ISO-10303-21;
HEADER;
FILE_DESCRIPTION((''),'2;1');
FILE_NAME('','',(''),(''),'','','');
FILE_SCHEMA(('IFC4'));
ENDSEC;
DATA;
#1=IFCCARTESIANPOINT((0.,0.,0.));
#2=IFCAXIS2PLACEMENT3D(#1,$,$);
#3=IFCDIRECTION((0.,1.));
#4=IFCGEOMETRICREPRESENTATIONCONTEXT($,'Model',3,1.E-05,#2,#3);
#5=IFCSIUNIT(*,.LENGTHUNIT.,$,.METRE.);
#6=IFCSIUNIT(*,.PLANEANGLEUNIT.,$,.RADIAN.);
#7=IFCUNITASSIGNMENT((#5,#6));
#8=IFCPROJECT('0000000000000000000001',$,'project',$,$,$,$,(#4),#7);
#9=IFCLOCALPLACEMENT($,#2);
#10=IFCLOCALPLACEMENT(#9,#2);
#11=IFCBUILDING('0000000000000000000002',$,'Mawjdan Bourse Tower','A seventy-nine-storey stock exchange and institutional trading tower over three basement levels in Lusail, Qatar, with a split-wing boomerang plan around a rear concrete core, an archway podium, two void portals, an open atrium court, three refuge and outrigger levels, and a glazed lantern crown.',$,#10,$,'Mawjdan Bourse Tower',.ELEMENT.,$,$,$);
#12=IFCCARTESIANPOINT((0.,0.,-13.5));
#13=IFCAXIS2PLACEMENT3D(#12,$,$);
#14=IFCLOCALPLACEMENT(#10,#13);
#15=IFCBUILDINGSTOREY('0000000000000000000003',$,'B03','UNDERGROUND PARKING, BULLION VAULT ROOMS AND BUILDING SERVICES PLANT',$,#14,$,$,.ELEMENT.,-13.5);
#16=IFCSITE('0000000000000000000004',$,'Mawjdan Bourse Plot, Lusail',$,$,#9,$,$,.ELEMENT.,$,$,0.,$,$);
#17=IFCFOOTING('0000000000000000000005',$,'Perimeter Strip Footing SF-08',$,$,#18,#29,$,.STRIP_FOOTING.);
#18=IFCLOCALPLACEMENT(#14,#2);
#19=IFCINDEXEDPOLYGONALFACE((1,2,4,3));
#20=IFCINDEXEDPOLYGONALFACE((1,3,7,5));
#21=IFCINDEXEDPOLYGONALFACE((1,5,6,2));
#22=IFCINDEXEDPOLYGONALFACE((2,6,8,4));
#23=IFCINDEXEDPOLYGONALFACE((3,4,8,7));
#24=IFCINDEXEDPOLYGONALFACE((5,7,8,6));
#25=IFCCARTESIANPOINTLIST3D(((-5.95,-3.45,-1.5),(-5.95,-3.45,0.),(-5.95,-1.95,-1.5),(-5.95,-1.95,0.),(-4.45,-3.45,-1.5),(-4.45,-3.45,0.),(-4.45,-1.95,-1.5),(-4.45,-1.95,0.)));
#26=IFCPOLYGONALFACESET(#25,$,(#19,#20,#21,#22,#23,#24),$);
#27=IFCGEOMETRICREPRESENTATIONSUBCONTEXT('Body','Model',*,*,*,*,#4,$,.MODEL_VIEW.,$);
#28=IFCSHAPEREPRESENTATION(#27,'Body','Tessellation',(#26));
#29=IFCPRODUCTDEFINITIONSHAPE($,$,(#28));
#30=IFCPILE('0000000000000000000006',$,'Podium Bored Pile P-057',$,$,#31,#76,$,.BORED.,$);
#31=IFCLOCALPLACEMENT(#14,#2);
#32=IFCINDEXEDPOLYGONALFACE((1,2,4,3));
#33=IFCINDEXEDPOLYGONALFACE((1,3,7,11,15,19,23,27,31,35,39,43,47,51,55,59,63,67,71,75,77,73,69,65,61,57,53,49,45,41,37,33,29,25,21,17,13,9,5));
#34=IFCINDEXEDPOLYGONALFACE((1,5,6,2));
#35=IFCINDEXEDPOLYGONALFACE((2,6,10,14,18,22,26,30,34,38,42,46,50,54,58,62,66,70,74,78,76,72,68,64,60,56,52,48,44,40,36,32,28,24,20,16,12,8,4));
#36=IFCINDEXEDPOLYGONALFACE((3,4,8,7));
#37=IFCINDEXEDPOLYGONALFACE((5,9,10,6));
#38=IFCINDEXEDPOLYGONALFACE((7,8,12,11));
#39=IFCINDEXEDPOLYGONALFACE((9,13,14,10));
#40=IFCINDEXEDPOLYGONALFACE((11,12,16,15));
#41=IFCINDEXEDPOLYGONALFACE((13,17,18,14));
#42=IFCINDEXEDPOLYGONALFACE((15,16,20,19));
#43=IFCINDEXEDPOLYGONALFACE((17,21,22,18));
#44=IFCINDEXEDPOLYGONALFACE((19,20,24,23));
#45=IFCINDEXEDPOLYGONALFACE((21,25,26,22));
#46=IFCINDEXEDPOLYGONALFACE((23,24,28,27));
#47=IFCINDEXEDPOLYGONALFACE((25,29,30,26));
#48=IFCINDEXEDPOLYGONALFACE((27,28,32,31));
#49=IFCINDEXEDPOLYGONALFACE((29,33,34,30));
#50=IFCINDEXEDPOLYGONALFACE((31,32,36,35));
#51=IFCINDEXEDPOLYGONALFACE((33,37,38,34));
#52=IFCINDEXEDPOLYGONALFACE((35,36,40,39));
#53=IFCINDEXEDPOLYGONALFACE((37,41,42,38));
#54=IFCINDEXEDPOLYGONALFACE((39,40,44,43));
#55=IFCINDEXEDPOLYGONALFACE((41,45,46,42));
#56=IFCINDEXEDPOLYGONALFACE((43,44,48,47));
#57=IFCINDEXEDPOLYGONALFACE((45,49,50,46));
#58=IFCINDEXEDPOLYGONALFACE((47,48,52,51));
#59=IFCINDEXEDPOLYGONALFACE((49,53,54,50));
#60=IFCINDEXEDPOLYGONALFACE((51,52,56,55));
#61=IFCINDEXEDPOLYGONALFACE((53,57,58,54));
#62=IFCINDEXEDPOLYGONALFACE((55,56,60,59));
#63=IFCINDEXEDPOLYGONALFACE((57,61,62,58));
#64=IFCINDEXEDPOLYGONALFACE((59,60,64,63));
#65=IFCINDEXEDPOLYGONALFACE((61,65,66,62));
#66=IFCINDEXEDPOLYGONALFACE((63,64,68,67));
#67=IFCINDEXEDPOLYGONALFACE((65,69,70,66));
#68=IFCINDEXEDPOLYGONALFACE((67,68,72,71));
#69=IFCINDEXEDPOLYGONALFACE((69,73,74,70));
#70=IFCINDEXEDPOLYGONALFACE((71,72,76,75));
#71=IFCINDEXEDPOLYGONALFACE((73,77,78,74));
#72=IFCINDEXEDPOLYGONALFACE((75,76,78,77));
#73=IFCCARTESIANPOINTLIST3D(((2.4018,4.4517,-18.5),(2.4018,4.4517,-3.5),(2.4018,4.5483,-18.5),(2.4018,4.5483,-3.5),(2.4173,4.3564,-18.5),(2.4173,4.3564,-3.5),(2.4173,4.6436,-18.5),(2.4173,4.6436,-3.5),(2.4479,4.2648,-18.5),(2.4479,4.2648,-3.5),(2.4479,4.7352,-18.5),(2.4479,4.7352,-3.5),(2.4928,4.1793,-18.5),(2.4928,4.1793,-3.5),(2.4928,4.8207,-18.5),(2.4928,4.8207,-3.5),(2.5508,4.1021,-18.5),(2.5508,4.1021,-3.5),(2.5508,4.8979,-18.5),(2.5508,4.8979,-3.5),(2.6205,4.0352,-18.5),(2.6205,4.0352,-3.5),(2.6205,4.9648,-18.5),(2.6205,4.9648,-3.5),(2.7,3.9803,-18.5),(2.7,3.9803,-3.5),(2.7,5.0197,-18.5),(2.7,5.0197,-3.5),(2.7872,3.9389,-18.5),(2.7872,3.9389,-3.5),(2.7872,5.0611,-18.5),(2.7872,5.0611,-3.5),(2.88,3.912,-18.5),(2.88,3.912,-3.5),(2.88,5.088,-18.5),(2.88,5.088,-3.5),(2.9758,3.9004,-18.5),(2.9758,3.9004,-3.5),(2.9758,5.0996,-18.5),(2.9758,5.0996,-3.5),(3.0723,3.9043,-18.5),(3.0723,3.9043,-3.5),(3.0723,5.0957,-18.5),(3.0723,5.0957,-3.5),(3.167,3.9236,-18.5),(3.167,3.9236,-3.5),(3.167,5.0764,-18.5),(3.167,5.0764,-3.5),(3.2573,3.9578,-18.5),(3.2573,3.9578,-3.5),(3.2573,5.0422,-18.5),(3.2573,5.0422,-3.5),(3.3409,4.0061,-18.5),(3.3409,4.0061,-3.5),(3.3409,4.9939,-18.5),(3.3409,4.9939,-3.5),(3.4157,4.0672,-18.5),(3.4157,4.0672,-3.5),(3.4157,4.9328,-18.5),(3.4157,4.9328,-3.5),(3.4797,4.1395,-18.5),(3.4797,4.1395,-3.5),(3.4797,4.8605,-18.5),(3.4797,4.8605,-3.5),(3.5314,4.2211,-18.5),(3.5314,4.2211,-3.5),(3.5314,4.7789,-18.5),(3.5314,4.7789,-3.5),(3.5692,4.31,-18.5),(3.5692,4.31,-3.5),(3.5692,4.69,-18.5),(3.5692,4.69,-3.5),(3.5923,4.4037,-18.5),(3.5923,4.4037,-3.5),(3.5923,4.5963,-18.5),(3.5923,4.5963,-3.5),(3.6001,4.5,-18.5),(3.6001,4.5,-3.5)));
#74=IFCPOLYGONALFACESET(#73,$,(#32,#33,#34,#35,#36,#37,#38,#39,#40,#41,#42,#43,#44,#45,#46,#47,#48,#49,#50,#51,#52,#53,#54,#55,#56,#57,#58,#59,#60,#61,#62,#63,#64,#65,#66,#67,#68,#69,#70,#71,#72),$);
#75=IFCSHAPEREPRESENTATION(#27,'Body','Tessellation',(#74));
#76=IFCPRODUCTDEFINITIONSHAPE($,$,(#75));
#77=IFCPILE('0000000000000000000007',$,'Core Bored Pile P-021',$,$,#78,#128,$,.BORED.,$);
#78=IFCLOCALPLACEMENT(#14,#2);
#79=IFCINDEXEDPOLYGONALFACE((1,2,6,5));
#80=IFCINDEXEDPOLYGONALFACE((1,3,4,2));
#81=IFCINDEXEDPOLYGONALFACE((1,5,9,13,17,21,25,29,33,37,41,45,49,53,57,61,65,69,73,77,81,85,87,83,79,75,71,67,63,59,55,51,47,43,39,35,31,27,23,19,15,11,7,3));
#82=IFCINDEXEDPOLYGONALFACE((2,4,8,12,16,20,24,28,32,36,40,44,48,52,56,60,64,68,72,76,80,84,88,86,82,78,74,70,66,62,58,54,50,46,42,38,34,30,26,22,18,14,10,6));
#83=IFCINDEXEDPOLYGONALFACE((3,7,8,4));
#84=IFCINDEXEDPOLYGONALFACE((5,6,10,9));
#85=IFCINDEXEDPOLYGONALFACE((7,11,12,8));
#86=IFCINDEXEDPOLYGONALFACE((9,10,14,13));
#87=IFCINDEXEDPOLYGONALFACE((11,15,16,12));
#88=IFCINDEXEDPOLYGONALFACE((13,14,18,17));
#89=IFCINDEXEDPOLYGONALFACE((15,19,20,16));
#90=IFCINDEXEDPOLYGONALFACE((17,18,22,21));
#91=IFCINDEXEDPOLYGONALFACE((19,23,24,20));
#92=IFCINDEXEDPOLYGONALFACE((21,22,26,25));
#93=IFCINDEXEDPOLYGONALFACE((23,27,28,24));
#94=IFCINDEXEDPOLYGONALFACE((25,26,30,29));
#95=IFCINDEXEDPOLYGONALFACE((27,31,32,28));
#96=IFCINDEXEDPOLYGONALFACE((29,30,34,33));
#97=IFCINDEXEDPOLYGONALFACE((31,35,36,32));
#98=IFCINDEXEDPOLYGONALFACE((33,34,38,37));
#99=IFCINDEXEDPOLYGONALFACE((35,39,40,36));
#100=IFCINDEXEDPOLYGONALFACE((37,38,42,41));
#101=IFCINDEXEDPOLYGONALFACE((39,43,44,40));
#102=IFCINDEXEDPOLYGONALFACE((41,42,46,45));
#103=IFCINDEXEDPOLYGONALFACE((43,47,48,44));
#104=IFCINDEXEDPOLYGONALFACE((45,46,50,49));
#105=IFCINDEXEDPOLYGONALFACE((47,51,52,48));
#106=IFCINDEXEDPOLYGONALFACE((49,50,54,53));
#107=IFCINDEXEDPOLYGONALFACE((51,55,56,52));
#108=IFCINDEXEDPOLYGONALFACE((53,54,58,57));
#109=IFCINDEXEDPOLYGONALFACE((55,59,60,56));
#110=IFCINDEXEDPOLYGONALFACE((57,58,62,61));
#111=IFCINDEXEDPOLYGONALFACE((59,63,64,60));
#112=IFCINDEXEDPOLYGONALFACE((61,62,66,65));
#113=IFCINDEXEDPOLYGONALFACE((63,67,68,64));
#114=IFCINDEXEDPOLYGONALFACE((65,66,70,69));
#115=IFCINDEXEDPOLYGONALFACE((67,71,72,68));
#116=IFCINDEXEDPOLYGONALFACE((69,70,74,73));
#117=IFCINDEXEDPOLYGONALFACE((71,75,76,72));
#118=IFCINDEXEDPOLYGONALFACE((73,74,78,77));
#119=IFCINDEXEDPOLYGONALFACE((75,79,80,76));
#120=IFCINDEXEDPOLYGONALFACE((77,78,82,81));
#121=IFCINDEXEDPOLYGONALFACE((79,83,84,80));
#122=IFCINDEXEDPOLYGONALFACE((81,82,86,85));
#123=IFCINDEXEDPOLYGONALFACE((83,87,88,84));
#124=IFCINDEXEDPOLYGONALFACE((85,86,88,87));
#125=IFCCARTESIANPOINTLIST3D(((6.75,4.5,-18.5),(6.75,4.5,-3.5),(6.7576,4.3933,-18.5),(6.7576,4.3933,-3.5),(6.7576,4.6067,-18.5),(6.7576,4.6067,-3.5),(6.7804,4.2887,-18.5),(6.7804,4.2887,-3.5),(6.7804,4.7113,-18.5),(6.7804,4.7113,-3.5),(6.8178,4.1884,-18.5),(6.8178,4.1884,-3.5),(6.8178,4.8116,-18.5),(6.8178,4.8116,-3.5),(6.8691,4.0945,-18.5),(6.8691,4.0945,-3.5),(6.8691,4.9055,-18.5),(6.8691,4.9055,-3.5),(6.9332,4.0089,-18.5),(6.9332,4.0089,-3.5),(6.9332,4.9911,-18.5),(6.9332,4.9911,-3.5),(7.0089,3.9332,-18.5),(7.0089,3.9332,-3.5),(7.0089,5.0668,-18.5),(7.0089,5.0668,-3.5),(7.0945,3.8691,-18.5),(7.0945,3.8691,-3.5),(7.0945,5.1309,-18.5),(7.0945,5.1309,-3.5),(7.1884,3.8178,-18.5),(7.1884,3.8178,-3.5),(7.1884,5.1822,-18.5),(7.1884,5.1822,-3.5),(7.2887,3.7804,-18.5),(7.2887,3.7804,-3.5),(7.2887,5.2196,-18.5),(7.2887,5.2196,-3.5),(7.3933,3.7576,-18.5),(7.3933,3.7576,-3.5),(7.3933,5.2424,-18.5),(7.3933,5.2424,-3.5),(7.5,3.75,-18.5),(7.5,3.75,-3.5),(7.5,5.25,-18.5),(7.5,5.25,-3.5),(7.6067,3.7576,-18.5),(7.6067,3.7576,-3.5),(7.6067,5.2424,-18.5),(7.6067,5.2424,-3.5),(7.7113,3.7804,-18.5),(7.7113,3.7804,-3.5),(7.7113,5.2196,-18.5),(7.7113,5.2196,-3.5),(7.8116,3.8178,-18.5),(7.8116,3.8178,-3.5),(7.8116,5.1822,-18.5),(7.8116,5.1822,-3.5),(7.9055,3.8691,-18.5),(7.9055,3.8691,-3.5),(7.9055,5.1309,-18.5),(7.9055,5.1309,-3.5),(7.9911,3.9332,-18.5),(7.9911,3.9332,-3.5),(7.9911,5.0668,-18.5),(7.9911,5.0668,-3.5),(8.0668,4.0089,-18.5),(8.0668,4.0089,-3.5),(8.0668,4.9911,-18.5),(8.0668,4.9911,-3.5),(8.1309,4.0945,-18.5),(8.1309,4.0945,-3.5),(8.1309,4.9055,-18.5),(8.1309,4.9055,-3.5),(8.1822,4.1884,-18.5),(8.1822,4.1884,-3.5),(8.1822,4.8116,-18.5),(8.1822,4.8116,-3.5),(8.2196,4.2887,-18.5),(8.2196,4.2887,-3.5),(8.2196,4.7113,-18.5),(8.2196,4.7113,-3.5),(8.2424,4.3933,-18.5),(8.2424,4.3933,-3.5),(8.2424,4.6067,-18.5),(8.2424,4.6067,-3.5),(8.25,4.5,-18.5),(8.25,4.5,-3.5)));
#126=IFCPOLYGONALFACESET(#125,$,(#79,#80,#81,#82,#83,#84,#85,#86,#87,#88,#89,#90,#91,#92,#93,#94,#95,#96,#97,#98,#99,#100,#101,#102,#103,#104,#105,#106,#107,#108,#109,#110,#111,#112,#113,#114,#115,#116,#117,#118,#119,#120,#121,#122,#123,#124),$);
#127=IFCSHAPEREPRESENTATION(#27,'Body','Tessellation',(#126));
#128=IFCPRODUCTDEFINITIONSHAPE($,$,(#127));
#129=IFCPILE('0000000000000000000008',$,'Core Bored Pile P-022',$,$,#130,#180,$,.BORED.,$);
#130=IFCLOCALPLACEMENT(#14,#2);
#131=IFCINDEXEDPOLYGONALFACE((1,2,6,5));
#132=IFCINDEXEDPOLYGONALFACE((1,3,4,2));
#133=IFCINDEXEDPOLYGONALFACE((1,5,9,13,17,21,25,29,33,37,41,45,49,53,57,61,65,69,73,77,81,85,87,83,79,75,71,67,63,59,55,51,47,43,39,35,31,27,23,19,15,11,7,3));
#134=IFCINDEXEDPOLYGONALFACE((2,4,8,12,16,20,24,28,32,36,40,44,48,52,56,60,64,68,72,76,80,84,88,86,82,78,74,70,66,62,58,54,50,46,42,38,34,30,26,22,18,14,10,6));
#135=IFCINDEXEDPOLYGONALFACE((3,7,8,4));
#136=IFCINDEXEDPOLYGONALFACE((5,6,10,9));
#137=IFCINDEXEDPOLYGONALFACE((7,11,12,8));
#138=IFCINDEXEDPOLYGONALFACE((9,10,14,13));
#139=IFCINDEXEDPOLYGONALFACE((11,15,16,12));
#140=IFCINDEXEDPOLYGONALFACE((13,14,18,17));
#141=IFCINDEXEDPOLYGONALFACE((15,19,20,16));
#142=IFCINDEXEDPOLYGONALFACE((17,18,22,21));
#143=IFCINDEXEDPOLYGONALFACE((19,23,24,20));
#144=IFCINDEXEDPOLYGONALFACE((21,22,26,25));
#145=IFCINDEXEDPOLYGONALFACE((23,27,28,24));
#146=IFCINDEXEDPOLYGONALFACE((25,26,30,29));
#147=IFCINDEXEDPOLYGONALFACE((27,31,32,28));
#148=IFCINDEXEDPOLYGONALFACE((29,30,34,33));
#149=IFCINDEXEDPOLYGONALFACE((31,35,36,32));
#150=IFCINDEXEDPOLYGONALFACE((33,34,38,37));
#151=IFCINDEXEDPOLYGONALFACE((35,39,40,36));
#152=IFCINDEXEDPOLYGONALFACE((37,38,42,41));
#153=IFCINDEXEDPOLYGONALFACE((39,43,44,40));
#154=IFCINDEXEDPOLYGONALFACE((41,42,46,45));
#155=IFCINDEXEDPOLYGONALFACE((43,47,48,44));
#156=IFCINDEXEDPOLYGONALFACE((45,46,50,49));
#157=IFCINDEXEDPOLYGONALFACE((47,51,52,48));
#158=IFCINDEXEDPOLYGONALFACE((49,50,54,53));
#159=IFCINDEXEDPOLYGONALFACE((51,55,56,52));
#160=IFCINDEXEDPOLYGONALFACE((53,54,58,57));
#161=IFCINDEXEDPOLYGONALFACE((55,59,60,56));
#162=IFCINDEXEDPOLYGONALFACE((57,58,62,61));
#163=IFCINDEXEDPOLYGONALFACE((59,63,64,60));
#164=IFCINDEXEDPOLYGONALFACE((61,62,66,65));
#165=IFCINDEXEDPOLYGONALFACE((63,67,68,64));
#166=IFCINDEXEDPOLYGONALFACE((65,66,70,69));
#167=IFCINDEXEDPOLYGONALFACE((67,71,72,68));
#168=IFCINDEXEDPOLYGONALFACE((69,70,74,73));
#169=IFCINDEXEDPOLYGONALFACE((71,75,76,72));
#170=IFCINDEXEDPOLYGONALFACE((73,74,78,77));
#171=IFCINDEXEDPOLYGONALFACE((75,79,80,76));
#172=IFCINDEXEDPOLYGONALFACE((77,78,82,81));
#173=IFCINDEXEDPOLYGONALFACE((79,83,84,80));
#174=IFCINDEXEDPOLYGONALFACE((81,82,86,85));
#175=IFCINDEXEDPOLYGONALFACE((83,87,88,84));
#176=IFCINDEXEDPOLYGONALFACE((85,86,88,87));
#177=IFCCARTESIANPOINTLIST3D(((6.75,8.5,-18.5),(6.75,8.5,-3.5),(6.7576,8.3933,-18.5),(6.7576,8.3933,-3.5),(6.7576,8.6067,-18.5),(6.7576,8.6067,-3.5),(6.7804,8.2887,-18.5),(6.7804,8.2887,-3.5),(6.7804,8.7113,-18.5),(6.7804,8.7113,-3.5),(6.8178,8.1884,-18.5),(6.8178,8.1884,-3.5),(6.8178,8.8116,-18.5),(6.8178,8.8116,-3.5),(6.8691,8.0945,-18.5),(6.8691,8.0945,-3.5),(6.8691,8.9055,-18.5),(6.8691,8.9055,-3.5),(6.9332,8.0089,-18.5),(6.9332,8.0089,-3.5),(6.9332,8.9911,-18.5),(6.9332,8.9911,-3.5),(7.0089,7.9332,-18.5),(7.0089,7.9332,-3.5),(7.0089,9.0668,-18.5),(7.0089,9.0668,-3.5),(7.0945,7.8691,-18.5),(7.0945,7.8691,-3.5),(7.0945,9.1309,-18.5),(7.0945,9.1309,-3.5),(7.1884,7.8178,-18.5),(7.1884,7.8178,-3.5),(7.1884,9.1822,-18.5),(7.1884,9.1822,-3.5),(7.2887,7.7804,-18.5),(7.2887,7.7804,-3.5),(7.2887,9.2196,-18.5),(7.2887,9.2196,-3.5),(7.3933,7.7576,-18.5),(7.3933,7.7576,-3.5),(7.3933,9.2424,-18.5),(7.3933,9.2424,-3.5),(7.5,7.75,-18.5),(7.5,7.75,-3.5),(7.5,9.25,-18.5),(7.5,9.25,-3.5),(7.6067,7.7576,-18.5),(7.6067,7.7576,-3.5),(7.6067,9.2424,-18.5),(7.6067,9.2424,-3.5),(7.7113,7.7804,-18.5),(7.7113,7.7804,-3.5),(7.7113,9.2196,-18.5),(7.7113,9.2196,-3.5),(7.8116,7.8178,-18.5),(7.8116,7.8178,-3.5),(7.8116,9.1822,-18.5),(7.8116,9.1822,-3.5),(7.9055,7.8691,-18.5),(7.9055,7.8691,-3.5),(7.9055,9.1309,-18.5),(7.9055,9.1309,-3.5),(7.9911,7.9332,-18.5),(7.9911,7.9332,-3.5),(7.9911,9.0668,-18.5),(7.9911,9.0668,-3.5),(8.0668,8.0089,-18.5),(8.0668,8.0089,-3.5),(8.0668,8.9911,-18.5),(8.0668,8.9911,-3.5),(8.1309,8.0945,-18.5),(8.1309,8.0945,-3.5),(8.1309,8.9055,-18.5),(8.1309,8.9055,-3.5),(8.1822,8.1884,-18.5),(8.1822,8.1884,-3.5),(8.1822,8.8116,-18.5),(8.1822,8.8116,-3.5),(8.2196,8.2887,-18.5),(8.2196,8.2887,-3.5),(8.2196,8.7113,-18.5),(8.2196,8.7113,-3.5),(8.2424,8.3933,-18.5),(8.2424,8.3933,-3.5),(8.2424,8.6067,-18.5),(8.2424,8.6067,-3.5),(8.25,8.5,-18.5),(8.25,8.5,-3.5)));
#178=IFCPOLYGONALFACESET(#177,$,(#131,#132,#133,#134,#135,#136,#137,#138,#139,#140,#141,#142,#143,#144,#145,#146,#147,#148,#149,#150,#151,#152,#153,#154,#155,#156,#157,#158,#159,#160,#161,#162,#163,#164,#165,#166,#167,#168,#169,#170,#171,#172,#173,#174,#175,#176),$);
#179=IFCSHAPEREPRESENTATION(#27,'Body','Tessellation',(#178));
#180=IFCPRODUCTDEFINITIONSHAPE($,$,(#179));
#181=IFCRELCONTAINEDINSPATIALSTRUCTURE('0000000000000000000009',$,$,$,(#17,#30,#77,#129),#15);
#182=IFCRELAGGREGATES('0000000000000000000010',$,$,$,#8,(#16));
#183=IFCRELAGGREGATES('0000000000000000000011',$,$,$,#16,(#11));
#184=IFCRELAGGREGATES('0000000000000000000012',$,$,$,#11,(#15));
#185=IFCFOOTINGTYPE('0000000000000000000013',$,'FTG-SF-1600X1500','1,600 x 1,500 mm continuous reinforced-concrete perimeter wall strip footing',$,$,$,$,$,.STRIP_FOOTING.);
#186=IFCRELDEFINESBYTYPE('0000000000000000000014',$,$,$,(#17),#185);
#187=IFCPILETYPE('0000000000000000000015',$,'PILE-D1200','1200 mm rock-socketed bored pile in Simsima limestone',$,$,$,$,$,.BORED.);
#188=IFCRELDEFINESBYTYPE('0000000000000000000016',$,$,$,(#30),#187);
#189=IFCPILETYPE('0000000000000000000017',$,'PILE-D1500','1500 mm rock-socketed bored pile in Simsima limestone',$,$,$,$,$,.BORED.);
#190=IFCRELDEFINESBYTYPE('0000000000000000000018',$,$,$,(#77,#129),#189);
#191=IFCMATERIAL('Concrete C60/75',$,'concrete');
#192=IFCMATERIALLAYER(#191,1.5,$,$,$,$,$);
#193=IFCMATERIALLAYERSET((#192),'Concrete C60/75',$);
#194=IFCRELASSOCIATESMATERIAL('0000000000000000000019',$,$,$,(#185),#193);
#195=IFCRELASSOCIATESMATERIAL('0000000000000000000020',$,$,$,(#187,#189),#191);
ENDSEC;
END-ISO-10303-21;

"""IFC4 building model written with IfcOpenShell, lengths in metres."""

from ifc_helpers import new_model, si_unit, direction, frame, origin, origin_2d, place, context, subcontext, project, spatial, rectangle, circle, extrude, material, layer, layer_set, material_profile, profile_set, type_object, element, save


model = new_model("IFC4")

# Units and contexts
model_context = context("Model", 3, precision=1e-05, world=origin(), true_north=direction((0.0, 1.0)))
body_context = subcontext(model_context, "Body", "Model", "MODEL_VIEW")
ifc_project = project(units=[si_unit("LENGTHUNIT", "METRE"), si_unit("PLANEANGLEUNIT", "RADIAN")], contexts=[model_context])

# Site, building, storey
site_placement = place(None, origin())
site = spatial("IfcSite", under=ifc_project, at=site_placement, Name="Mawjdan Bourse Plot, Lusail", CompositionType="ELEMENT", RefElevation=0.0)
building_placement = place(site_placement, origin())
building = spatial("IfcBuilding", under=site, at=building_placement, Name="Mawjdan Bourse Tower", Description="A seventy-nine-storey stock exchange and institutional trading tower over three basement levels in Lusail, Qatar, with a split-wing boomerang plan around a rear concrete core, an archway podium, two void portals, an open atrium court, three refuge and outrigger levels, and a glazed lantern crown.", LongName="Mawjdan Bourse Tower", CompositionType="ELEMENT")
storey_placement = place(building_placement, frame((0.0, 0.0, -13.5)))
storey = spatial("IfcBuildingStorey", under=building, at=storey_placement, Name="B03", Description="UNDERGROUND PARKING, BULLION VAULT ROOMS AND BUILDING SERVICES PLANT", CompositionType="ELEMENT", Elevation=-13.5)

# Footing
ifc_material_1 = material(Name="Concrete C60/75", Category="concrete")
ifc_layer_1 = layer(ifc_material_1, 1.5)
ifc_layer_set_1 = layer_set([ifc_layer_1], Name="Concrete C60/75")
footing_type = type_object("IfcFootingType", Name="FTG-SF-1600X1500", Description="1,600 x 1,500 mm continuous reinforced-concrete perimeter wall strip footing", PredefinedType="STRIP_FOOTING", material=ifc_layer_set_1)
footing_placement = place(storey_placement, frame((-5.2, -2.7, -1.5), z_axis=(0.0, 0.0, 1.0), x_axis=(1.0, 0.0, 0.0)))
element("IfcFooting", 1, at=footing_placement, inside=storey, type_object=footing_type, Name="Perimeter Strip Footing SF-08", PredefinedType="STRIP_FOOTING", context=body_context, shape_type="SweptSolid", body=[
    extrude(rectangle(XDim=1.5, YDim=1.5, at=origin_2d()), origin(), (0.0, 0.0, 1.0), 1.5),
])

# Piles
ifc_material_profile_1 = material_profile(ifc_material_1, circle(Radius=0.6001, at=origin_2d()), Name="PILE-D1200")
ifc_profile_set_1 = profile_set([ifc_material_profile_1], Name="Concrete C60/75")
pile_type_1 = type_object("IfcPileType", Name="PILE-D1200", Description="1200 mm rock-socketed bored pile in Simsima limestone", PredefinedType="BORED", material=ifc_profile_set_1)
pile_placement = place(storey_placement, frame((3.0, 4.5, -3.5), z_axis=(0.0, 0.0, -1.0), x_axis=(1.0, 0.0, 0.0)))
element("IfcPile", 2, at=pile_placement, inside=storey, type_object=pile_type_1, Name="Podium Bored Pile P-057", PredefinedType="BORED", context=body_context, shape_type="SweptSolid", body=[
    extrude(circle(Radius=0.6001, at=origin_2d()), origin(), (0.0, 0.0, 1.0), 15.0),
])
ifc_material_profile_2 = material_profile(ifc_material_1, circle(Radius=0.75, at=origin_2d()), Name="PILE-D1500")
ifc_profile_set_2 = profile_set([ifc_material_profile_2], Name="Concrete C60/75")
pile_type_2 = type_object("IfcPileType", Name="PILE-D1500", Description="1500 mm rock-socketed bored pile in Simsima limestone", PredefinedType="BORED", material=ifc_profile_set_2)
for number, where, z_axis, x_axis, name in (
    (3, (7.5, 4.5, -3.5), (0.0, 0.0, -1.0), (1.0, 0.0, 0.0), "Core Bored Pile P-021"),
    (4, (7.5, 8.5, -3.5), (0.0, 0.0, -1.0), (1.0, 0.0, 0.0), "Core Bored Pile P-022"),
):
    element("IfcPile", number, at=place(storey_placement, frame(where, z_axis=z_axis, x_axis=x_axis)), inside=storey, type_object=pile_type_2, Name=name, PredefinedType="BORED", context=body_context, shape_type="SweptSolid", body=[
        extrude(circle(Radius=0.75, at=origin_2d()), origin(), (0.0, 0.0, 1.0), 15.0),
    ])

save(model, "model.ifc")
